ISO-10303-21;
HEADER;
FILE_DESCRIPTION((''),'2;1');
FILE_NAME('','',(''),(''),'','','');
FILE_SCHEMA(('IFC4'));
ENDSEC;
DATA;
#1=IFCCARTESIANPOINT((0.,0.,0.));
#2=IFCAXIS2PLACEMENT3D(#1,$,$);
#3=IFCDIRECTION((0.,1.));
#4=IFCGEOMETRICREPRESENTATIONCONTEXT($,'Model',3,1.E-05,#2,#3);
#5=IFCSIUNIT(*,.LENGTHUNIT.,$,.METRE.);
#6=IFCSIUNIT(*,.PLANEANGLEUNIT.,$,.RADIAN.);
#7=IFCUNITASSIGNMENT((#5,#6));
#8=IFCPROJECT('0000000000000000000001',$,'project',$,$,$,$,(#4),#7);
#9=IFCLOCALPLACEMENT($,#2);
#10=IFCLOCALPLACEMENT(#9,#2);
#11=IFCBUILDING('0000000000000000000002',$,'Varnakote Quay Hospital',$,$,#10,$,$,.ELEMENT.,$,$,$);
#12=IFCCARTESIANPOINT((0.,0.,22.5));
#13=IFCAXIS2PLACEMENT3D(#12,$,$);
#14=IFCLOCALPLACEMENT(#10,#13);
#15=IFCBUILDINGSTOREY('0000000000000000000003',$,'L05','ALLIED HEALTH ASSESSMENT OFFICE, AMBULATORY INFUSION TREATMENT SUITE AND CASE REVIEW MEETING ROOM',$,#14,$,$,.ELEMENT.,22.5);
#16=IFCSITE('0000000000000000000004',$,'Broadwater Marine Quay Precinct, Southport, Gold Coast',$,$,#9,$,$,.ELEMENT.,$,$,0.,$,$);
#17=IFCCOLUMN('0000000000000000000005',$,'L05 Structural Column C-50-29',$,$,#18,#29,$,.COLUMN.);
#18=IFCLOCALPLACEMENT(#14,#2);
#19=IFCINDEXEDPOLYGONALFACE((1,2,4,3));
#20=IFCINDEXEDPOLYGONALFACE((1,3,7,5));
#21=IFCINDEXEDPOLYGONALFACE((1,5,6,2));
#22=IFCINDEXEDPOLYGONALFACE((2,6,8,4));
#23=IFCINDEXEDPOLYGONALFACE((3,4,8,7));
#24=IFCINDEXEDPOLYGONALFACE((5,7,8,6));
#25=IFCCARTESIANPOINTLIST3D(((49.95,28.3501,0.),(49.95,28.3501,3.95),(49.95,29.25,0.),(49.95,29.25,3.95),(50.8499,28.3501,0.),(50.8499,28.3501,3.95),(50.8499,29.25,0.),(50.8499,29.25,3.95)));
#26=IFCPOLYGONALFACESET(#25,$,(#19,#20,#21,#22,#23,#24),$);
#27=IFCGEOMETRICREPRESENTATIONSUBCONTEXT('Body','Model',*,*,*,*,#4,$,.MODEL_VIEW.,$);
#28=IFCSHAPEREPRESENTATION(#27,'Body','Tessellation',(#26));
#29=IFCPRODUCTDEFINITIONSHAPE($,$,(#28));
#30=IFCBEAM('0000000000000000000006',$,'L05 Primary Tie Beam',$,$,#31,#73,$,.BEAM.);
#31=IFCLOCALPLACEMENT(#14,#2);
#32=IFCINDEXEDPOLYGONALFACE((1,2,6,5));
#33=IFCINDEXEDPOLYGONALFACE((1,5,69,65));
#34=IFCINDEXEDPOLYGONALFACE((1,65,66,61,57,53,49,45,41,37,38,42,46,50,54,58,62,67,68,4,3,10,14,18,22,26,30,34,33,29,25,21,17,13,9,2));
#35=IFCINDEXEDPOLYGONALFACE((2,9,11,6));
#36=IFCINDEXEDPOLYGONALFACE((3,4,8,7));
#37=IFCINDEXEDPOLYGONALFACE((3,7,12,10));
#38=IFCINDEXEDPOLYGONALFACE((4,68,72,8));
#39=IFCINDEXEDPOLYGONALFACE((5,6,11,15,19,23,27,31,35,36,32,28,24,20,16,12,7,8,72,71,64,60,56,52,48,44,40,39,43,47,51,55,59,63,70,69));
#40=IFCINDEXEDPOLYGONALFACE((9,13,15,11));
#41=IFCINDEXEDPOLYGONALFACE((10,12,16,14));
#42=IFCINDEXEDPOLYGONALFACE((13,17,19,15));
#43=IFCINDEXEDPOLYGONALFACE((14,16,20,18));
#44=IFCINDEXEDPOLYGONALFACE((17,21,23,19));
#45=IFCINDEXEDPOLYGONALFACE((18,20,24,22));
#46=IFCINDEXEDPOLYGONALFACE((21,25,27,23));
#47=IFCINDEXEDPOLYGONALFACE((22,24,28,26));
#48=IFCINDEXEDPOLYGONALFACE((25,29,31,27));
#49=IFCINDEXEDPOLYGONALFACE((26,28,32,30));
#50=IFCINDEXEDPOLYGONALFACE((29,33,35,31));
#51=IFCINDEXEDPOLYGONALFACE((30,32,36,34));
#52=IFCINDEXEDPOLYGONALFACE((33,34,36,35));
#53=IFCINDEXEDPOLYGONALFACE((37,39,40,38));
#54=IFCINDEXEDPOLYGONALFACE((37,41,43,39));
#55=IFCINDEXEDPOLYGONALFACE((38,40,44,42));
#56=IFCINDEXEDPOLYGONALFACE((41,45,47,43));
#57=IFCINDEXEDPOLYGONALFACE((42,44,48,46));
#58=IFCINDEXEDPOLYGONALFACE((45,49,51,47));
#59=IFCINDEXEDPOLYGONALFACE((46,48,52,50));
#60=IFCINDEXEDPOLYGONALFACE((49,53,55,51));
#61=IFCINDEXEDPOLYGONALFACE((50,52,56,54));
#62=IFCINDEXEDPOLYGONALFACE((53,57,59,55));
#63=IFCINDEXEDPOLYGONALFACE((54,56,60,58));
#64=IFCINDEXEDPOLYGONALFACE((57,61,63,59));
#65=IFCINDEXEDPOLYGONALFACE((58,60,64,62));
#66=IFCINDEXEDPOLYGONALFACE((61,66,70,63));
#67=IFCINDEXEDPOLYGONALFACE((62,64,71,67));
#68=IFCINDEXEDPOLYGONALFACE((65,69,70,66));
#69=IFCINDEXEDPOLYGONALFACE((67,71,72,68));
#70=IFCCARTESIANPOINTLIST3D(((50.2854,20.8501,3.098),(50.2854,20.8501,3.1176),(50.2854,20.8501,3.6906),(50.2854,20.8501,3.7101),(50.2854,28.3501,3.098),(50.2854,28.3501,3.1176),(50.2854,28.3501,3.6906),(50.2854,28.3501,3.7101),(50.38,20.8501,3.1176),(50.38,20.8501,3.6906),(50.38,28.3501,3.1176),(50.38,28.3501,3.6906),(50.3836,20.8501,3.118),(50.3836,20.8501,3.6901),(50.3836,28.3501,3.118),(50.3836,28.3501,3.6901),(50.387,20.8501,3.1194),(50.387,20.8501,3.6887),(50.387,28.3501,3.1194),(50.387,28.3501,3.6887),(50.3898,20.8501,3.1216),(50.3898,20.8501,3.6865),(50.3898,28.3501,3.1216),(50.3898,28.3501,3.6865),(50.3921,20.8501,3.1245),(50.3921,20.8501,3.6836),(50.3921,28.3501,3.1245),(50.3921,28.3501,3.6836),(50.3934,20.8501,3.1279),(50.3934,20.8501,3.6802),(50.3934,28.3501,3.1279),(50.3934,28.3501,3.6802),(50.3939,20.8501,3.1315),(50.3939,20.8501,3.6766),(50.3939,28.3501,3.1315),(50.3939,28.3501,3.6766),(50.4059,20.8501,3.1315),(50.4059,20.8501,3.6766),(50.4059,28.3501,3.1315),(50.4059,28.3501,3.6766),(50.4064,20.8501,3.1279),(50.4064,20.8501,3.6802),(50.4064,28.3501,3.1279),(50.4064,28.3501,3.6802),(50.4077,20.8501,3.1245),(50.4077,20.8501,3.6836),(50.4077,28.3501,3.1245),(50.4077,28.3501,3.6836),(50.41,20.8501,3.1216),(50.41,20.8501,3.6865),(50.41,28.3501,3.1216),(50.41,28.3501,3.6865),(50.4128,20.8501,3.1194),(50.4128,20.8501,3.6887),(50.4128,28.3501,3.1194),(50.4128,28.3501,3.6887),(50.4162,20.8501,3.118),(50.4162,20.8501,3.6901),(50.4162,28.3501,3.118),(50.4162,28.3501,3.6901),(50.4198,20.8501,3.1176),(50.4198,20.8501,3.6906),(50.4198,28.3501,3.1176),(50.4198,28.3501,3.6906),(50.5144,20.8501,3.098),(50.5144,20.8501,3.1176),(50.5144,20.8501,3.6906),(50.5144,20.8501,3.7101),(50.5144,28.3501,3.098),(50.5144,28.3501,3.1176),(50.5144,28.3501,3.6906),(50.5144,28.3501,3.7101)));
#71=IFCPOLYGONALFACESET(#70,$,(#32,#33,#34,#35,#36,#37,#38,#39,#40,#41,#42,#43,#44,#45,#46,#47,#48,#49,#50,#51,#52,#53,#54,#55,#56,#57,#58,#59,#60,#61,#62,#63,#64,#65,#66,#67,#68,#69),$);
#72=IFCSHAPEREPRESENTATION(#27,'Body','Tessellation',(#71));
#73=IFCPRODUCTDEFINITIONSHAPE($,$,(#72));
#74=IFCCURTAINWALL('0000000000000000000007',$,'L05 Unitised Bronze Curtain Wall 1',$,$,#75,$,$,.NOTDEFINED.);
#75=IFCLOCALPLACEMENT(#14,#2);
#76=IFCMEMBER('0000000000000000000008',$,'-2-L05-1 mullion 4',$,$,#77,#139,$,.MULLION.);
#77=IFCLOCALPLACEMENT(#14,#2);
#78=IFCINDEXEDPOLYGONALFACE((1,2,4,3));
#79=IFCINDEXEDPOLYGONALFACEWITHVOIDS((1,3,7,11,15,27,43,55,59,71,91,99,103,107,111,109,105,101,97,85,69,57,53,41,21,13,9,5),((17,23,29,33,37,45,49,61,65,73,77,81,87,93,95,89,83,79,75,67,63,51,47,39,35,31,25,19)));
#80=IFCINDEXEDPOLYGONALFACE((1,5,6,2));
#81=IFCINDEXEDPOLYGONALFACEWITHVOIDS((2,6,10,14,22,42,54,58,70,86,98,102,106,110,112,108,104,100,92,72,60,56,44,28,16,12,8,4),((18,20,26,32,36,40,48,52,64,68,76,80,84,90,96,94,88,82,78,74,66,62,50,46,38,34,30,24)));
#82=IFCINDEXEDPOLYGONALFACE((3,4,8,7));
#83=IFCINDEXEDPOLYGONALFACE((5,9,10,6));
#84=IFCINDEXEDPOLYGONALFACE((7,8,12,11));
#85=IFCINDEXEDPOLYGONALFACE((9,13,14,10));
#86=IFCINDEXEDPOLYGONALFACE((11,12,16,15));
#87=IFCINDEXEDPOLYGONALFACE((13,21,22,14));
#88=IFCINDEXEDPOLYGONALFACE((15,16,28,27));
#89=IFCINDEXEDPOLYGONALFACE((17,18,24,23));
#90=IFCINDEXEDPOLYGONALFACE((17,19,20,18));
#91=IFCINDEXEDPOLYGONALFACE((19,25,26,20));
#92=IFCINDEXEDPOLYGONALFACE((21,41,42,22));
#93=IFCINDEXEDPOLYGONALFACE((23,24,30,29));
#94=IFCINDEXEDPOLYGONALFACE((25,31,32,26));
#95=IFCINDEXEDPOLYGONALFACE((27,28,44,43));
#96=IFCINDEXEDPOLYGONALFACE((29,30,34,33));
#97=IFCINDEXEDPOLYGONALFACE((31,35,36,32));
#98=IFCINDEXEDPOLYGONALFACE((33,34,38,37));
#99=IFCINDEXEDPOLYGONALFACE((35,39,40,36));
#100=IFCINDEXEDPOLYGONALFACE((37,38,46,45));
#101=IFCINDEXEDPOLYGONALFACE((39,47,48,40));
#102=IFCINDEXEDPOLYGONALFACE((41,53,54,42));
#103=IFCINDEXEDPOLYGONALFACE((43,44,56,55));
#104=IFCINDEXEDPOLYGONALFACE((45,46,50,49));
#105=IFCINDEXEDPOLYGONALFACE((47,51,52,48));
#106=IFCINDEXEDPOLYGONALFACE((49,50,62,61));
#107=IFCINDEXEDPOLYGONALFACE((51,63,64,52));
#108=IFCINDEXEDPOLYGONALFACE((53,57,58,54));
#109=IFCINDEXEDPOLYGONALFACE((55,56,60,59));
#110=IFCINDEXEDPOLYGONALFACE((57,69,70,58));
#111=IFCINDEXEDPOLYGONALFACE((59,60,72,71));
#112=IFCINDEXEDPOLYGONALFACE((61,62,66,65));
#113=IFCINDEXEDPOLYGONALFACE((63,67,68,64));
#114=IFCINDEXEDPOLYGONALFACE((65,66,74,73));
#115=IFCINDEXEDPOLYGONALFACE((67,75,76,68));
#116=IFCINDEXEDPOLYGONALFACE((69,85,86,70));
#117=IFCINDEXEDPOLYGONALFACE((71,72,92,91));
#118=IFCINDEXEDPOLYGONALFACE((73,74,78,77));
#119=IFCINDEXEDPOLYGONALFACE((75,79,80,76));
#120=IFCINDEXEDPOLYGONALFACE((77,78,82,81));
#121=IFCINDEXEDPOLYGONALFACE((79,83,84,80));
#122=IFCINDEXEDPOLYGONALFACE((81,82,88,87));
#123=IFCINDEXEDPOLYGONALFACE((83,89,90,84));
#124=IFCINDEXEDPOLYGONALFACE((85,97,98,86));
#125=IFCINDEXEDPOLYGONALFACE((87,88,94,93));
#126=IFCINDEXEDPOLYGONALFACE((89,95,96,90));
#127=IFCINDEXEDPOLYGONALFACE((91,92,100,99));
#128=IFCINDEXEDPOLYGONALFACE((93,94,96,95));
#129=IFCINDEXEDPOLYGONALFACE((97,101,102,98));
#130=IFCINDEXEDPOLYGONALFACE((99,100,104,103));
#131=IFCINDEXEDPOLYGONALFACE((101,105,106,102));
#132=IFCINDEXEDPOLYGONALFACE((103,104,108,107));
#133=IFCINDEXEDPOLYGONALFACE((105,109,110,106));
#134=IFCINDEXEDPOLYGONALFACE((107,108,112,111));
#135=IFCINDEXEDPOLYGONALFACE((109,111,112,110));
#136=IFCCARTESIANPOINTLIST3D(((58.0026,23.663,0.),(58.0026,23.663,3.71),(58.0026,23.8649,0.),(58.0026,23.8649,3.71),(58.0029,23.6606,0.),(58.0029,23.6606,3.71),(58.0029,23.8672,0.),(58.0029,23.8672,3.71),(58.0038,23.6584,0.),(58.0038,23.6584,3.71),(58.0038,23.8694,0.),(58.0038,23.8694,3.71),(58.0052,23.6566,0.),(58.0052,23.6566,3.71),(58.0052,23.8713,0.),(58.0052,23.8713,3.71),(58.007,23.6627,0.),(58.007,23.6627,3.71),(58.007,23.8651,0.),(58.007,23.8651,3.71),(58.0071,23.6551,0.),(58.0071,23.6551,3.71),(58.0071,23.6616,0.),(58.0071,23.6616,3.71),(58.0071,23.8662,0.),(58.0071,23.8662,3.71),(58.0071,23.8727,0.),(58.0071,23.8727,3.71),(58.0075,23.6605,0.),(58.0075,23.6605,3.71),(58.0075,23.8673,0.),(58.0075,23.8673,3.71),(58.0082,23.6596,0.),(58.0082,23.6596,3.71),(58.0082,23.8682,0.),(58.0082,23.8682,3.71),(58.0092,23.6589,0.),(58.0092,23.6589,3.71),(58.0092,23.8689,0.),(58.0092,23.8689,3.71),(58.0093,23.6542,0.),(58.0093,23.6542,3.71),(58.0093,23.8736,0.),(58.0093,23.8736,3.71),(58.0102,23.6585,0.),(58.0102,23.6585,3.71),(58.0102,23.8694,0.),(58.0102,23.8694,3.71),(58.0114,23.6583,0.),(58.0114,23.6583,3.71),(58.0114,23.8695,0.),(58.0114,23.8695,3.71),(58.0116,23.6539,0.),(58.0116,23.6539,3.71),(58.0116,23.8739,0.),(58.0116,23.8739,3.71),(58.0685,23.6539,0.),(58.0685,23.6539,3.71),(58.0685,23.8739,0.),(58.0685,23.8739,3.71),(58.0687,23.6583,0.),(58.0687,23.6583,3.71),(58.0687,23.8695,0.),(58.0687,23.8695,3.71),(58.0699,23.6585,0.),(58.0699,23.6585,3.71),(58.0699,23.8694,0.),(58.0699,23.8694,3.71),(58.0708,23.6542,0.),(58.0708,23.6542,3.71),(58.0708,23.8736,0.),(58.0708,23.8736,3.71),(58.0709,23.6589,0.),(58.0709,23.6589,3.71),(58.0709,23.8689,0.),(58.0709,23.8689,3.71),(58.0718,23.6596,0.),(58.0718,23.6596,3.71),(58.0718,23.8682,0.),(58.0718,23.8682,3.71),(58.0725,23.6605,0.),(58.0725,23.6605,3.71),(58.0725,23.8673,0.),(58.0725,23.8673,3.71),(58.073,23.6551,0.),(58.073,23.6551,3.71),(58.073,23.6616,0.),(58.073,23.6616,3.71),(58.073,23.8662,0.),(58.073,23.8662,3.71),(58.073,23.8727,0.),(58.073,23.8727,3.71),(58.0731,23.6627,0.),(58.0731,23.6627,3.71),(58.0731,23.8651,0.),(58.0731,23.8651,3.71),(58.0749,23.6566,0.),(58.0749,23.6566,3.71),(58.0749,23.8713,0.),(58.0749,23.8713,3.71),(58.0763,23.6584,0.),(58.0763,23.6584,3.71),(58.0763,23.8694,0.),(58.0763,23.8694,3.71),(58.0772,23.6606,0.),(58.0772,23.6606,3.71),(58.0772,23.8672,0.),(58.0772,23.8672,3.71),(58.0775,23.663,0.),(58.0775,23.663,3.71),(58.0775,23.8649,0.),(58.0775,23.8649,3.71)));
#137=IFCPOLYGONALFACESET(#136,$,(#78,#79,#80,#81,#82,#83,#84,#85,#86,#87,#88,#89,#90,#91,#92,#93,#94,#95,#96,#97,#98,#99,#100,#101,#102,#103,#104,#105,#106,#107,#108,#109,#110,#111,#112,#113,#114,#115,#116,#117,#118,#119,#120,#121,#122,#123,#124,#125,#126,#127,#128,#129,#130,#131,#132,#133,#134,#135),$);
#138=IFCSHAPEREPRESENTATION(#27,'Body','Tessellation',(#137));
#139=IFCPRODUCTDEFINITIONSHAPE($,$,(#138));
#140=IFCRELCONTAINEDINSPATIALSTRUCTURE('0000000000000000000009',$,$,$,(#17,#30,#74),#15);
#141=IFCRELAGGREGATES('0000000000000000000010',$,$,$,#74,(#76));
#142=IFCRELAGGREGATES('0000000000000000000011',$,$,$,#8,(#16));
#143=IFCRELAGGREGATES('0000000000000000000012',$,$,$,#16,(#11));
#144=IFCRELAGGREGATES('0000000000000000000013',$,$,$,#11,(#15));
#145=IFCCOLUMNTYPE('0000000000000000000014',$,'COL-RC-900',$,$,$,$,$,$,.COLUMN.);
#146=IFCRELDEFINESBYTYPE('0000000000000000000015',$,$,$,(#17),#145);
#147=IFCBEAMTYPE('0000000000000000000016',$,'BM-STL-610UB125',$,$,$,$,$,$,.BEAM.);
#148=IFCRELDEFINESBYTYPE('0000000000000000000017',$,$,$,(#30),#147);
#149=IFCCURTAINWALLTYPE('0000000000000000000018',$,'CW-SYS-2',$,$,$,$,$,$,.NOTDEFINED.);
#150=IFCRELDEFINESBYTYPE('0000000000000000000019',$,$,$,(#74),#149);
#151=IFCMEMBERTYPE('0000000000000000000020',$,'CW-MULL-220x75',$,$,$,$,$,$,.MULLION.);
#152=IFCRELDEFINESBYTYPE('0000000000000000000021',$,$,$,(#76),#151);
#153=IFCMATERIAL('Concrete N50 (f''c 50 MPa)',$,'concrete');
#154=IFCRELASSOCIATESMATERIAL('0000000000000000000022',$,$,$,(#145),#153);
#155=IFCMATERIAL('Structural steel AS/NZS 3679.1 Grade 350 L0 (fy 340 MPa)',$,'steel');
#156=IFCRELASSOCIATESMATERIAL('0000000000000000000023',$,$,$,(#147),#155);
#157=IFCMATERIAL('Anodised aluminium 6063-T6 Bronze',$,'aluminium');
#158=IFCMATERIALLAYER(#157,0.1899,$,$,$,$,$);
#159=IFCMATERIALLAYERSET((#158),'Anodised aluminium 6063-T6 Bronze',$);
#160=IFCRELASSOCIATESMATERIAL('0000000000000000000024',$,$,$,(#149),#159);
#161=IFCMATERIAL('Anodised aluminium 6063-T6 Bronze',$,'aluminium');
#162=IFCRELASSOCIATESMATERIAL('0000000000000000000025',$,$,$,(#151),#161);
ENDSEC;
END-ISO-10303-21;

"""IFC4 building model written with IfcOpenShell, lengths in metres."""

from ifc_helpers import new_model, si_unit, direction, frame, origin, origin_2d, place, context, subcontext, project, spatial, rectangle, hollow_rectangle, i_section, extrude, material, layer, layer_set, material_profile, profile_set, type_object, element, aggregate, save


model = new_model("IFC4")

# Units and contexts
model_context = context("Model", 3, precision=1e-05, world=origin(), true_north=direction((0.0, 1.0)))
body_context = subcontext(model_context, "Body", "Model", "MODEL_VIEW")
ifc_project = project(units=[si_unit("LENGTHUNIT", "METRE"), si_unit("PLANEANGLEUNIT", "RADIAN")], contexts=[model_context])

# Site, building, storey
site_placement = place(None, origin())
site = spatial("IfcSite", under=ifc_project, at=site_placement, Name="Broadwater Marine Quay Precinct, Southport, Gold Coast", CompositionType="ELEMENT", RefElevation=0.0)
building_placement = place(site_placement, origin())
building = spatial("IfcBuilding", under=site, at=building_placement, Name="Varnakote Quay Hospital", CompositionType="ELEMENT")
storey_placement = place(building_placement, frame((0.0, 0.0, 22.5)))
storey = spatial("IfcBuildingStorey", under=building, at=storey_placement, Name="L05", Description="ALLIED HEALTH ASSESSMENT OFFICE, AMBULATORY INFUSION TREATMENT SUITE AND CASE REVIEW MEETING ROOM", CompositionType="ELEMENT", Elevation=22.5)

# Column
ifc_material_1 = material(Name="Concrete N50 (f'c 50 MPa)", Category="concrete")
ifc_material_profile_1 = material_profile(ifc_material_1, rectangle(XDim=0.8999, YDim=0.8999, at=origin_2d()), Name="RC-COL-900x900")
ifc_profile_set_1 = profile_set([ifc_material_profile_1], Name="Concrete N50 (f'c 50 MPa)")
column_type = type_object("IfcColumnType", Name="COL-RC-900", PredefinedType="COLUMN", material=ifc_profile_set_1)
column_placement = place(storey_placement, frame((50.3999, 28.8, 0.0), z_axis=(0.0, 0.0, 1.0), x_axis=(1.0, 0.0, 0.0)))
element("IfcColumn", 1, at=column_placement, inside=storey, type_object=column_type, Name="L05 Structural Column C-50-29", PredefinedType="COLUMN", context=body_context, shape_type="SweptSolid", body=[
    extrude(rectangle(XDim=0.8999, YDim=0.8999, at=origin_2d()), origin(), (0.0, 0.0, 1.0), 3.95),
])

# Beam
ifc_material_2 = material(Name="Structural steel AS/NZS 3679.1 Grade 350 L0 (fy 340 MPa)", Category="steel")
ifc_material_profile_2 = material_profile(ifc_material_2, i_section(OverallWidth=0.229, OverallDepth=0.6121, WebThickness=0.012, FlangeThickness=0.0195, FilletRadius=0.0139, at=origin_2d()), Name="610UB125")
ifc_profile_set_2 = profile_set([ifc_material_profile_2], Name="Structural steel AS/NZS 3679.1 Grade 350 L0 (fy 340 MPa)")
beam_type = type_object("IfcBeamType", Name="BM-STL-610UB125", PredefinedType="BEAM", material=ifc_profile_set_2)
beam_placement = place(storey_placement, frame((50.3999, 20.8501, 3.4041), z_axis=(0.0, 1.0, 0.0), x_axis=(-1.0, 0.0, 0.0)))
element("IfcBeam", 2, at=beam_placement, inside=storey, type_object=beam_type, Name="L05 Primary Tie Beam", PredefinedType="BEAM", context=body_context, shape_type="SweptSolid", body=[
    extrude(i_section(OverallWidth=0.229, OverallDepth=0.6121, WebThickness=0.012, FlangeThickness=0.0195, FilletRadius=0.0139, at=origin_2d()), origin(), (0.0, 0.0, 1.0), 7.5),
])

# Curtain wall, member
ifc_material_3 = material(Name="Anodised aluminium 6063-T6 Bronze", Category="aluminium")
ifc_layer_1 = layer(ifc_material_3, 0.1899)
ifc_layer_set_1 = layer_set([ifc_layer_1], Name="Anodised aluminium 6063-T6 Bronze")
curtain_wall_type = type_object("IfcCurtainWallType", Name="CW-SYS-2", PredefinedType="NOTDEFINED", material=ifc_layer_set_1)
curtain_wall_1_placement = place(storey_placement, origin())
curtain_wall_1 = element("IfcCurtainWall", 3, at=curtain_wall_1_placement, inside=storey, type_object=curtain_wall_type, Name="L05 Unitised Bronze Curtain Wall 1", PredefinedType="NOTDEFINED")
ifc_material_4 = material(Name="Anodised aluminium 6063-T6 Bronze", Category="aluminium")
ifc_material_profile_3 = material_profile(ifc_material_4, hollow_rectangle(XDim=0.075, YDim=0.22, WallThickness=0.0044, InnerFilletRadius=0.0044, OuterFilletRadius=0.009, at=origin_2d()), Name="CW-MULL-220x75")
ifc_profile_set_3 = profile_set([ifc_material_profile_3], Name="Anodised aluminium 6063-T6 Bronze")
member_type_1 = type_object("IfcMemberType", Name="CW-MULL-220x75", PredefinedType="MULLION", material=ifc_profile_set_3)
member_1_placement = place(storey_placement, frame((58.04, 23.7639, 0.0), z_axis=(0.0, 0.0, 1.0), x_axis=(-1.0, 0.0, 0.0)))
member_1 = element("IfcMember", 4, at=member_1_placement, type_object=member_type_1, Name="-2-L05-1 mullion 4", PredefinedType="MULLION", context=body_context, shape_type="SweptSolid", body=[
    extrude(hollow_rectangle(XDim=0.075, YDim=0.22, WallThickness=0.0044, InnerFilletRadius=0.0044, OuterFilletRadius=0.009, at=origin_2d()), origin(), (0.0, 0.0, 1.0), 3.71),
])

aggregate(curtain_wall_1, [member_1])

save(model, "model.ifc")
